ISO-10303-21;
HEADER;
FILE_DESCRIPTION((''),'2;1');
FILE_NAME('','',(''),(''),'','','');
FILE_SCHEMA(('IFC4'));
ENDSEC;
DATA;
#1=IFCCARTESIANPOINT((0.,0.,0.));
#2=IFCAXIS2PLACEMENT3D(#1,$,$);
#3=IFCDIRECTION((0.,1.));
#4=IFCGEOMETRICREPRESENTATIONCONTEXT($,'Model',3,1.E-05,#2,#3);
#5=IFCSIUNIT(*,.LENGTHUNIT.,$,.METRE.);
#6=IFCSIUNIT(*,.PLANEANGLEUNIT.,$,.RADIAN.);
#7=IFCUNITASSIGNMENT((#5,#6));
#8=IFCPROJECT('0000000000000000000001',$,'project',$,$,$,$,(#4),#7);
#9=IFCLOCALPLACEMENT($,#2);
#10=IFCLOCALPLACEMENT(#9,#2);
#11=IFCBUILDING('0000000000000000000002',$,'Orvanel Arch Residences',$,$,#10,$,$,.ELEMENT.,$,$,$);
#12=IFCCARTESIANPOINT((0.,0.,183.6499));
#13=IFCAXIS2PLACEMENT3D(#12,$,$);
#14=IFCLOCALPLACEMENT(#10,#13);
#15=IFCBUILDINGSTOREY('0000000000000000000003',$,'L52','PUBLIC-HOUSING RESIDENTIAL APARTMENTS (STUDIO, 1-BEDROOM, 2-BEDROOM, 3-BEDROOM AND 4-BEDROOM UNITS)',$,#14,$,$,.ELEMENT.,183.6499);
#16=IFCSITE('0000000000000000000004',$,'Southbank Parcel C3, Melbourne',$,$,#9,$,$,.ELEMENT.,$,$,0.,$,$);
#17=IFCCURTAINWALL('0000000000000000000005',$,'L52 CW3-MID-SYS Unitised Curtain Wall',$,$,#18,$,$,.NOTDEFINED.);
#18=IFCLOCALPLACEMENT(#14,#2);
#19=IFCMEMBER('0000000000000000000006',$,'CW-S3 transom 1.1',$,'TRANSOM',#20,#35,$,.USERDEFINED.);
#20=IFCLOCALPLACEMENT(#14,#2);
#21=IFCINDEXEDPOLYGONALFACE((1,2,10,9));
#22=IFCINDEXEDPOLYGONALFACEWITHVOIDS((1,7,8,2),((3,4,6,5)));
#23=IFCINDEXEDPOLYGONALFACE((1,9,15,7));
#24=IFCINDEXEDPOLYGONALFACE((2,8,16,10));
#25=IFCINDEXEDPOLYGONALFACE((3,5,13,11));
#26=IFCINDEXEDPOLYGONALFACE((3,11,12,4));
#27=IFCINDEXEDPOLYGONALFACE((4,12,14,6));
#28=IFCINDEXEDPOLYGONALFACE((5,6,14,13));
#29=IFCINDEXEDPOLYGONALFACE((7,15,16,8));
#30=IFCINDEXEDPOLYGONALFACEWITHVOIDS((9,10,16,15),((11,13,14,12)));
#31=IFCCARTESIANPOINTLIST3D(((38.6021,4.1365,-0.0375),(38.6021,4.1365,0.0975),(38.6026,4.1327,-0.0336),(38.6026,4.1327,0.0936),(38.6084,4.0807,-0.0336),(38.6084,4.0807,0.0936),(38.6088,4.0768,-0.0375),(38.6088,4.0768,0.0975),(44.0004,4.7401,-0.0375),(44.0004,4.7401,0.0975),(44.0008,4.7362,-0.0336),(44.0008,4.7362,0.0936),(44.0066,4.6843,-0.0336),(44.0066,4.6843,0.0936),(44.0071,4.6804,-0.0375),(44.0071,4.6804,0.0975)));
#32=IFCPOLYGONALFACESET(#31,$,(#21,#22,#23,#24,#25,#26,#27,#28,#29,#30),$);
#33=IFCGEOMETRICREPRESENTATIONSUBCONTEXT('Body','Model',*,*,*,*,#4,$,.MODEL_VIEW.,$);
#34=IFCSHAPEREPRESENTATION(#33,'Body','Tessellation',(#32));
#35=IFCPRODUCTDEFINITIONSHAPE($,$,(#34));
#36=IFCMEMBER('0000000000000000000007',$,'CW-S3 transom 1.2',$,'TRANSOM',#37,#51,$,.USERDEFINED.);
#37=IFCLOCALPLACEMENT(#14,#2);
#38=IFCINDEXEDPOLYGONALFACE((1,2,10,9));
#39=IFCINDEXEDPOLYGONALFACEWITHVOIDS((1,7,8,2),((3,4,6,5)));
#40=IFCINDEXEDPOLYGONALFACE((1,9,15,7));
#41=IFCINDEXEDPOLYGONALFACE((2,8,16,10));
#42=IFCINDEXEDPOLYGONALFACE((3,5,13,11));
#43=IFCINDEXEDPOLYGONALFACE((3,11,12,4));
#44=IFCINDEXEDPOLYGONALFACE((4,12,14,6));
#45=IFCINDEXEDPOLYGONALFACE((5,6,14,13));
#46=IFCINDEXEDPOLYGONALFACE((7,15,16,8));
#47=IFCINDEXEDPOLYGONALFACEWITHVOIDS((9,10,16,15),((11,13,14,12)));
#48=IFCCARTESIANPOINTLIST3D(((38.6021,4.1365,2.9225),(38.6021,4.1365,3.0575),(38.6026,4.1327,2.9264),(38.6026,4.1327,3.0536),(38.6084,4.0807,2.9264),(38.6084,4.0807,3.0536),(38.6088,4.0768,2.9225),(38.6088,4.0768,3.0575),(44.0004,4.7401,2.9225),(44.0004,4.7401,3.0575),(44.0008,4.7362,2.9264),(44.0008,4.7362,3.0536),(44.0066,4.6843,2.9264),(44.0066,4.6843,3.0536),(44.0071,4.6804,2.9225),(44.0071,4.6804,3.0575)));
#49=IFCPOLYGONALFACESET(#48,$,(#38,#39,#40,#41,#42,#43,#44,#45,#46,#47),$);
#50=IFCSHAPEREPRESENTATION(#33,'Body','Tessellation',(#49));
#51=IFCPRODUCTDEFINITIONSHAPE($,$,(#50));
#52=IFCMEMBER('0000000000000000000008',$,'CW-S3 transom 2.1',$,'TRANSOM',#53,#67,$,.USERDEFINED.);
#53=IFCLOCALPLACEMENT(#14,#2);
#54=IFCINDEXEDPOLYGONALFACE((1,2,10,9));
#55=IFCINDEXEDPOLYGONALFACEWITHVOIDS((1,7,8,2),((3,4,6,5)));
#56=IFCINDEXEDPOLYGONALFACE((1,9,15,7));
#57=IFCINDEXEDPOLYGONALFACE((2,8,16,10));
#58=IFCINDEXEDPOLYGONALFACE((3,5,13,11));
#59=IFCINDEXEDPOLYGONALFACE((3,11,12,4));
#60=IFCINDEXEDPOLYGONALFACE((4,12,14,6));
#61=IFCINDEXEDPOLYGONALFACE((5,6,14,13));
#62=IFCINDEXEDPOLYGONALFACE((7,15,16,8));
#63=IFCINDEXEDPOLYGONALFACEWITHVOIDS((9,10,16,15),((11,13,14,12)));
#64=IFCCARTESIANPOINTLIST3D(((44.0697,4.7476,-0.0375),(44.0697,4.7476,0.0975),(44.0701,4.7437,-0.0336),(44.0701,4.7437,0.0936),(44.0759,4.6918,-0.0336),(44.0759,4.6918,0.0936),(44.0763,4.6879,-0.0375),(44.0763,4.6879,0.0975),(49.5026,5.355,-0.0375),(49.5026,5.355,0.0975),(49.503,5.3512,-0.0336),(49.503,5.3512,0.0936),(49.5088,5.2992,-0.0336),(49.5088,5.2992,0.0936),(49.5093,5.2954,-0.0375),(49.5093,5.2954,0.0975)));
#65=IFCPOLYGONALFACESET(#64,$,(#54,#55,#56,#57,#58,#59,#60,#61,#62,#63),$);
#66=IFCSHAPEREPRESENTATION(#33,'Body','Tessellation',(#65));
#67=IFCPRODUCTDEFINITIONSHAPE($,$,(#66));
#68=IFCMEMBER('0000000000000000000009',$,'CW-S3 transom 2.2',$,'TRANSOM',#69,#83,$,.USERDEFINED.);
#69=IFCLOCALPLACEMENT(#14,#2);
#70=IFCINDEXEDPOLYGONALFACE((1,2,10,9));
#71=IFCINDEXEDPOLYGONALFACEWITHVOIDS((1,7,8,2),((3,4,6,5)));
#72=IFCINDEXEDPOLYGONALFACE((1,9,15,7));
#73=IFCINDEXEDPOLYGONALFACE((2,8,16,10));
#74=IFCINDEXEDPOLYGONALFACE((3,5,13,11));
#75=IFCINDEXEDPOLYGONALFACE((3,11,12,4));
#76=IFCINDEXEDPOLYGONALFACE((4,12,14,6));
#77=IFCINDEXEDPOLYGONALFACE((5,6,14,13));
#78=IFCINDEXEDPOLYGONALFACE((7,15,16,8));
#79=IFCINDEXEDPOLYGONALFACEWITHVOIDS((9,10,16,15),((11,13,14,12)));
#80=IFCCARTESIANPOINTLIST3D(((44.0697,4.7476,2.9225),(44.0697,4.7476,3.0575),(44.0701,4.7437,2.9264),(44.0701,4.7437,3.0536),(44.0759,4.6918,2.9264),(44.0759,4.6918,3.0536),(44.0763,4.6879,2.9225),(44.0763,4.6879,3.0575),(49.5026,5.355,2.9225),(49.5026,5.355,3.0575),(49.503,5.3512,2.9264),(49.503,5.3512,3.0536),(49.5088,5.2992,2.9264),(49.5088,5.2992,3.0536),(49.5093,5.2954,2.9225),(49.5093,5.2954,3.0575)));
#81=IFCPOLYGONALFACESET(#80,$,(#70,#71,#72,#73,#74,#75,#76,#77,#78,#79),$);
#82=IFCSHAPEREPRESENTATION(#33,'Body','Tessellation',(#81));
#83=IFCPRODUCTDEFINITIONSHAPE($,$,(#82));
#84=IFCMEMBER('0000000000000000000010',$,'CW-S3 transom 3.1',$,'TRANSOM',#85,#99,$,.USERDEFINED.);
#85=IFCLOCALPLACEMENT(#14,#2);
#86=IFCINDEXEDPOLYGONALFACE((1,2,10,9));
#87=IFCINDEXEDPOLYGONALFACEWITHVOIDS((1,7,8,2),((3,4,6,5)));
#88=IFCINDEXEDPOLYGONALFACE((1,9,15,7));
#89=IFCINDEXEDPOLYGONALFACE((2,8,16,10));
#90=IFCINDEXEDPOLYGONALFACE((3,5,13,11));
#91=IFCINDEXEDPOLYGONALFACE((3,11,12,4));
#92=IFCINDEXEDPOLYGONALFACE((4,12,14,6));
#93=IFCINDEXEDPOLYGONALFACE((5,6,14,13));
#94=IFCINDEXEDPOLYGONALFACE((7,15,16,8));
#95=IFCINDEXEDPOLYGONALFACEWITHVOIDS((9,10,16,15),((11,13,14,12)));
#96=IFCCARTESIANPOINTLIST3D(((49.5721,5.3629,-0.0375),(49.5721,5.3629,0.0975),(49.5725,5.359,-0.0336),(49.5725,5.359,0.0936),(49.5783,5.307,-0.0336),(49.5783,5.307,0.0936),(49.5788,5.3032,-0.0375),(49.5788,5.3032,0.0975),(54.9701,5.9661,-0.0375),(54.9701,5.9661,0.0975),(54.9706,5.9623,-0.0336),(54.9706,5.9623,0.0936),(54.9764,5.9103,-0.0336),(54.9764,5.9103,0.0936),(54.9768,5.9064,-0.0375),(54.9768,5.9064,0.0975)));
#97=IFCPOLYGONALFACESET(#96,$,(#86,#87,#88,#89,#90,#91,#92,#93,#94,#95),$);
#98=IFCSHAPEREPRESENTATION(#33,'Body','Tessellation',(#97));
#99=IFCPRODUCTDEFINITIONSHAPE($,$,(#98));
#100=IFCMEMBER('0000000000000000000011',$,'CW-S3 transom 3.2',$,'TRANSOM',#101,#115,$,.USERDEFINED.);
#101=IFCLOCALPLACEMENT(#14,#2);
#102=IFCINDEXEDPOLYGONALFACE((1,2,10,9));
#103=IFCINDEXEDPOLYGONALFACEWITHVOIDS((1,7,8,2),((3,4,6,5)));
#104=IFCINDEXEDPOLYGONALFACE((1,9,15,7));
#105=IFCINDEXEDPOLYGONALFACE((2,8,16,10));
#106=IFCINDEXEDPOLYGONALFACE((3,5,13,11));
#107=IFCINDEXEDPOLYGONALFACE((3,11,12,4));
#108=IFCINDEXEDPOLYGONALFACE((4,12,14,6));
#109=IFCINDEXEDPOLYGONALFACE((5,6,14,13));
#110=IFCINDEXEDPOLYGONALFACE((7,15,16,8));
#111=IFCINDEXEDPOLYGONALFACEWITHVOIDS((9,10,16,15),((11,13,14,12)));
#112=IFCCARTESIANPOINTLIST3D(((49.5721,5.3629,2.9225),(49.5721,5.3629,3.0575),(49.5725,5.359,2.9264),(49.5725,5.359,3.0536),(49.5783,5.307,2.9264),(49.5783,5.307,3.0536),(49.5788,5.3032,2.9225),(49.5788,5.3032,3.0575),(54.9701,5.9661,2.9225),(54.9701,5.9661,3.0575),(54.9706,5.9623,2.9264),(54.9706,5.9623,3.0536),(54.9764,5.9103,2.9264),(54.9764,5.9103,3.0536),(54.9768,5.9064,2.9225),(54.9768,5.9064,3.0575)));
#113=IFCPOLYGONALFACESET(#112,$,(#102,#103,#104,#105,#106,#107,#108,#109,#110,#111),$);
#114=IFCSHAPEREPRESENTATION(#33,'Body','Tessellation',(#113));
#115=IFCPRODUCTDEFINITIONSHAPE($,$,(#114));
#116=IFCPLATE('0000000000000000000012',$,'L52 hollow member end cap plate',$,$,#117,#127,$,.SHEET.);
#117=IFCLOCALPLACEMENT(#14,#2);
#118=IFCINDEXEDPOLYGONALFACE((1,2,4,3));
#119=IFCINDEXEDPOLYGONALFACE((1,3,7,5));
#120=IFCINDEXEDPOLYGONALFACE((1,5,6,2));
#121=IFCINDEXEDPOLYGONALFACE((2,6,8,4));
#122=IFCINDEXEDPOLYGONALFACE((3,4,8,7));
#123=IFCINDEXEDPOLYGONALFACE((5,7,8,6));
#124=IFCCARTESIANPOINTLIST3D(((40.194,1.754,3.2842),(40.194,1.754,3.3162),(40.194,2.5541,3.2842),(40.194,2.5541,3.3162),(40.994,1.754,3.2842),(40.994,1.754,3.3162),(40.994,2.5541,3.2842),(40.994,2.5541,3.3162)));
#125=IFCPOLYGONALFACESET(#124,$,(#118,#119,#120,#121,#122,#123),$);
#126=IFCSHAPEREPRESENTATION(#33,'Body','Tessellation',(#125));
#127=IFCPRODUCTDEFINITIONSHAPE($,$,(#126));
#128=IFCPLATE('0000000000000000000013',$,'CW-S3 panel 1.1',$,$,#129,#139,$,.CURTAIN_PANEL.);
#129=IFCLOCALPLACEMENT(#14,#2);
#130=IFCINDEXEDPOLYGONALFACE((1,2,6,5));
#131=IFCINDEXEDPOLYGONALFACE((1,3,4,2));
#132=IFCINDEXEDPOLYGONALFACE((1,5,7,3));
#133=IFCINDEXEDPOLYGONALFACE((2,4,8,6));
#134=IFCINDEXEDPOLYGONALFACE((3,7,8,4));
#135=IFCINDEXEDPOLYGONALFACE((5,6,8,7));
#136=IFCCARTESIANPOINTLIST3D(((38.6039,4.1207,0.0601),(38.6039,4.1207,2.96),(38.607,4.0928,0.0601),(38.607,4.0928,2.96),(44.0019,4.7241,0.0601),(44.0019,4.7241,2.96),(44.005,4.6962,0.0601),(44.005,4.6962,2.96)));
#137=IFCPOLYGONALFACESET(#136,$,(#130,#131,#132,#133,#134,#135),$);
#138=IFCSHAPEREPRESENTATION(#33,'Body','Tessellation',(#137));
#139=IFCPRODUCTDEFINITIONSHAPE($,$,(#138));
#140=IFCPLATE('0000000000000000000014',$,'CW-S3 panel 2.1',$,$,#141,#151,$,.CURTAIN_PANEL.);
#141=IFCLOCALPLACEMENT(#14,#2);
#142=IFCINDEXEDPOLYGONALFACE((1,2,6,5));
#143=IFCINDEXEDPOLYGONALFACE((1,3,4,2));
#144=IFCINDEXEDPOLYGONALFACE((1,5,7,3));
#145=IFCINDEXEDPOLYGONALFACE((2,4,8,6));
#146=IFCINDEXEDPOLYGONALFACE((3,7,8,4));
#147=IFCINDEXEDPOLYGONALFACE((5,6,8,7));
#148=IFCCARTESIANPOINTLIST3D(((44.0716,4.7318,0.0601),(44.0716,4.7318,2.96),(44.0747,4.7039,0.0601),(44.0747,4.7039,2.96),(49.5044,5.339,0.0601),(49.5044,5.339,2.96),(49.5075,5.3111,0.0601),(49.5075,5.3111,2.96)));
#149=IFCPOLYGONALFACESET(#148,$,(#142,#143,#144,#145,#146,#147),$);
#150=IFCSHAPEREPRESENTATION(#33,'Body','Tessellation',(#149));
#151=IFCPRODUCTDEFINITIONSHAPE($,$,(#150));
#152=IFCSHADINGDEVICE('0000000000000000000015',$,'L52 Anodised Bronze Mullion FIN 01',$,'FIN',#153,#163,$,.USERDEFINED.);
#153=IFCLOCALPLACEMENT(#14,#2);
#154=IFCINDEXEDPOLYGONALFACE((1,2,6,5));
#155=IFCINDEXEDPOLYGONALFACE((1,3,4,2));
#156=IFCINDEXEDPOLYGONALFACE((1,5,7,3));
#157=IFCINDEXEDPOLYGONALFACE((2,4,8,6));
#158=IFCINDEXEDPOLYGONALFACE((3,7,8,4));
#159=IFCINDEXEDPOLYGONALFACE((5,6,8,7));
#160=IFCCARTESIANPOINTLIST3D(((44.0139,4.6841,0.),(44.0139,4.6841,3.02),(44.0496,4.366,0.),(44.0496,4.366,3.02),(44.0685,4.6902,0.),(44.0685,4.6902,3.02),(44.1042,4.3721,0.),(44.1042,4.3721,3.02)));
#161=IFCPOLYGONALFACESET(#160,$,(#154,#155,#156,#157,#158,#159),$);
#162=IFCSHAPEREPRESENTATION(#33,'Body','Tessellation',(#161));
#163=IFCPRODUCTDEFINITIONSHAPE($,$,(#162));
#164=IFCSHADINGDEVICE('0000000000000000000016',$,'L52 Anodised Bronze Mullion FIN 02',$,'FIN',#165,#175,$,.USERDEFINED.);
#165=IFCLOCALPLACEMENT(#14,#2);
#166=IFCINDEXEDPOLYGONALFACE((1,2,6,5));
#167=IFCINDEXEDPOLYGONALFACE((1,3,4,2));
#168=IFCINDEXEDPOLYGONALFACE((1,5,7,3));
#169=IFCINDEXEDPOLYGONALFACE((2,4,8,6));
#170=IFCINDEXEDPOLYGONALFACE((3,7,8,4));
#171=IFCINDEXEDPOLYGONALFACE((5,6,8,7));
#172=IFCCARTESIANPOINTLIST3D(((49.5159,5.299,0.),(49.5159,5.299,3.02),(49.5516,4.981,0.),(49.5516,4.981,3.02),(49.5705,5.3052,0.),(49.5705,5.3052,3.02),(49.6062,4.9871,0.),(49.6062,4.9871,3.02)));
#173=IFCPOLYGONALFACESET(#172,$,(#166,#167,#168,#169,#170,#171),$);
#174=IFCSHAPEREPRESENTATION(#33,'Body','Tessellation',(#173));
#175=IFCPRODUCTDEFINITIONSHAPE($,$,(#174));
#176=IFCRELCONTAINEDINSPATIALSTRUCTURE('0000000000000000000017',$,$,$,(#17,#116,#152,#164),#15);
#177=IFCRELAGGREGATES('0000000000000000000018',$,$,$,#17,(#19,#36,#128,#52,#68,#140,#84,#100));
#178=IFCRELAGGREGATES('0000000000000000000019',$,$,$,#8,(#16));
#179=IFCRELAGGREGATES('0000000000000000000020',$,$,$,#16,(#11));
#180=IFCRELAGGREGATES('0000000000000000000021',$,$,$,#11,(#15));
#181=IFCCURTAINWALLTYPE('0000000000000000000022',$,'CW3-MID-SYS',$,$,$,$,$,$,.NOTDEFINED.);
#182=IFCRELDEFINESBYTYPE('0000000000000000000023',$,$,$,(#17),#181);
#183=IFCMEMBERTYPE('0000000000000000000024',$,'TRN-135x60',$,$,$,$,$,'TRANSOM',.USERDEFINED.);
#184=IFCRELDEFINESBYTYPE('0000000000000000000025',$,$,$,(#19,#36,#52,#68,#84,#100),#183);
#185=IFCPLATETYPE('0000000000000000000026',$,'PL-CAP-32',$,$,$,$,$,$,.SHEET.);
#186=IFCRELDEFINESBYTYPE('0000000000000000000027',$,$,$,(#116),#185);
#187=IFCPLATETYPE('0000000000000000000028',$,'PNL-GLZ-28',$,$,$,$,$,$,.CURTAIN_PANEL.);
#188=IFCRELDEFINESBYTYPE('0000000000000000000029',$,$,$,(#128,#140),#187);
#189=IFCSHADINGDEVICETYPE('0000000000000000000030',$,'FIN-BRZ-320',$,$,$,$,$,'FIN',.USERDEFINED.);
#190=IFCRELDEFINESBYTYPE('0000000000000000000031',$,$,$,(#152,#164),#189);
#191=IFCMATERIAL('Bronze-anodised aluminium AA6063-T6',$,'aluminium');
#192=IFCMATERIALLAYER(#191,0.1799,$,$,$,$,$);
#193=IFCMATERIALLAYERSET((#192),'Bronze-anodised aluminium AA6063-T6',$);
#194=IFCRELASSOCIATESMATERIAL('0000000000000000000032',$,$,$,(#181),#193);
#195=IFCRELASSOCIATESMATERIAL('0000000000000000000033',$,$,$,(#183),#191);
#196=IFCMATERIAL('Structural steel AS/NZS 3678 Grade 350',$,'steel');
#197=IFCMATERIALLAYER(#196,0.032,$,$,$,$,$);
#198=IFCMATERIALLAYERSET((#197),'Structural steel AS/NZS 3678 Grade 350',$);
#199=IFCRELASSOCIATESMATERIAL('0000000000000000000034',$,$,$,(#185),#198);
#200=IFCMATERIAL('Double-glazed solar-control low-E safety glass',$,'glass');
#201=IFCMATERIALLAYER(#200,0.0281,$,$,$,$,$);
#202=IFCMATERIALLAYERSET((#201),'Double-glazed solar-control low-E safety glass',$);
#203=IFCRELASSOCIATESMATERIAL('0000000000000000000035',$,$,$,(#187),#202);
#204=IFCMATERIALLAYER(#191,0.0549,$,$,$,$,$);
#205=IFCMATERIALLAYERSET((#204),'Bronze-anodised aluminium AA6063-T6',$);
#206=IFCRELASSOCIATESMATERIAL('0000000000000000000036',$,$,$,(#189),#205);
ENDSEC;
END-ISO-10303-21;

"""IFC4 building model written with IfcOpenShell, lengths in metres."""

from ifc_helpers import new_model, si_unit, direction, frame, origin, origin_2d, place, context, subcontext, project, spatial, rectangle, hollow_rectangle, extrude, material, layer, layer_set, material_profile, profile_set, type_object, element, aggregate, save


model = new_model("IFC4")

# Units and contexts
model_context = context("Model", 3, precision=1e-05, world=origin(), true_north=direction((0.0, 1.0)))
body_context = subcontext(model_context, "Body", "Model", "MODEL_VIEW")
ifc_project = project(units=[si_unit("LENGTHUNIT", "METRE"), si_unit("PLANEANGLEUNIT", "RADIAN")], contexts=[model_context])

# Site, building, storey
site_placement = place(None, origin())
site = spatial("IfcSite", under=ifc_project, at=site_placement, Name="Southbank Parcel C3, Melbourne", CompositionType="ELEMENT", RefElevation=0.0)
building_placement = place(site_placement, origin())
building = spatial("IfcBuilding", under=site, at=building_placement, Name="Orvanel Arch Residences", CompositionType="ELEMENT")
storey_placement = place(building_placement, frame((0.0, 0.0, 183.6499)))
storey = spatial("IfcBuildingStorey", under=building, at=storey_placement, Name="L52", Description="PUBLIC-HOUSING RESIDENTIAL APARTMENTS (STUDIO, 1-BEDROOM, 2-BEDROOM, 3-BEDROOM AND 4-BEDROOM UNITS)", CompositionType="ELEMENT", Elevation=183.6499)

# Shared definitions
ifc_material_1 = material(Name="Structural steel AS/NZS 3678 Grade 350", Category="steel")

# Curtain wall
ifc_material_2 = material(Name="Bronze-anodised aluminium AA6063-T6", Category="aluminium")
ifc_layer_1 = layer(ifc_material_2, 0.1799)
ifc_layer_set_1 = layer_set([ifc_layer_1], Name="Bronze-anodised aluminium AA6063-T6")
curtain_wall_type = type_object("IfcCurtainWallType", Name="CW3-MID-SYS", PredefinedType="NOTDEFINED", material=ifc_layer_set_1)
curtain_wall_placement = place(storey_placement, origin())
curtain_wall = element("IfcCurtainWall", 1, at=curtain_wall_placement, inside=storey, type_object=curtain_wall_type, Name="L52 CW3-MID-SYS Unitised Curtain Wall", PredefinedType="NOTDEFINED")

# Members
ifc_material_profile_1 = material_profile(ifc_material_2, hollow_rectangle(XDim=0.0601, YDim=0.135, WallThickness=0.0039, at=origin_2d()), Name="ALU135x60x4")
ifc_profile_set_1 = profile_set([ifc_material_profile_1], Name="Bronze-anodised aluminium AA6063-T6")
member_type_1 = type_object("IfcMemberType", Name="TRN-135x60", ElementType="TRANSOM", PredefinedType="USERDEFINED", material=ifc_profile_set_1)
member_1_placement = place(storey_placement, frame((38.6055, 4.1067, 0.03), z_axis=(0.993808, 0.111107, 0.0), x_axis=(-0.111107, 0.993808, 0.0)))
member_1 = element("IfcMember", 2, at=member_1_placement, type_object=member_type_1, Name="CW-S3 transom 1.1", ObjectType="TRANSOM", PredefinedType="USERDEFINED", context=body_context, shape_type="SweptSolid", body=[
    extrude(hollow_rectangle(XDim=0.0601, YDim=0.135, WallThickness=0.0039, at=origin_2d()), origin(), (0.0, 0.0, 1.0), 5.4319),
])
member_2_placement = place(storey_placement, frame((38.6055, 4.1067, 2.99), z_axis=(0.993808, 0.111107, 0.0), x_axis=(-0.111107, 0.993808, 0.0)))
member_2 = element("IfcMember", 3, at=member_2_placement, type_object=member_type_1, Name="CW-S3 transom 1.2", ObjectType="TRANSOM", PredefinedType="USERDEFINED", context=body_context, shape_type="SweptSolid", body=[
    extrude(hollow_rectangle(XDim=0.0601, YDim=0.135, WallThickness=0.0039, at=origin_2d()), origin(), (0.0, 0.0, 1.0), 5.4319),
])
member_3_placement = place(storey_placement, frame((44.073, 4.7178, 0.03), z_axis=(0.993808, 0.111113, 0.0), x_axis=(-0.111113, 0.993808, 0.0)))
member_3 = element("IfcMember", 4, at=member_3_placement, type_object=member_type_1, Name="CW-S3 transom 2.1", ObjectType="TRANSOM", PredefinedType="USERDEFINED", context=body_context, shape_type="SweptSolid", body=[
    extrude(hollow_rectangle(XDim=0.0601, YDim=0.135, WallThickness=0.0039, at=origin_2d()), origin(), (0.0, 0.0, 1.0), 5.4668),
])
member_4_placement = place(storey_placement, frame((44.073, 4.7178, 2.99), z_axis=(0.993808, 0.111113, 0.0), x_axis=(-0.111113, 0.993808, 0.0)))
member_4 = element("IfcMember", 5, at=member_4_placement, type_object=member_type_1, Name="CW-S3 transom 2.2", ObjectType="TRANSOM", PredefinedType="USERDEFINED", context=body_context, shape_type="SweptSolid", body=[
    extrude(hollow_rectangle(XDim=0.0601, YDim=0.135, WallThickness=0.0039, at=origin_2d()), origin(), (0.0, 0.0, 1.0), 5.4668),
])
member_5_placement = place(storey_placement, frame((49.5754, 5.333, 0.03), z_axis=(0.993813, 0.111068, 0.0), x_axis=(-0.111068, 0.993813, 0.0)))
member_5 = element("IfcMember", 6, at=member_5_placement, type_object=member_type_1, Name="CW-S3 transom 3.1", ObjectType="TRANSOM", PredefinedType="USERDEFINED", context=body_context, shape_type="SweptSolid", body=[
    extrude(hollow_rectangle(XDim=0.0601, YDim=0.135, WallThickness=0.0039, at=origin_2d()), origin(), (0.0, 0.0, 1.0), 5.4316),
])
member_6_placement = place(storey_placement, frame((49.5754, 5.333, 2.99), z_axis=(0.993813, 0.111068, 0.0), x_axis=(-0.111068, 0.993813, 0.0)))
member_6 = element("IfcMember", 7, at=member_6_placement, type_object=member_type_1, Name="CW-S3 transom 3.2", ObjectType="TRANSOM", PredefinedType="USERDEFINED", context=body_context, shape_type="SweptSolid", body=[
    extrude(hollow_rectangle(XDim=0.0601, YDim=0.135, WallThickness=0.0039, at=origin_2d()), origin(), (0.0, 0.0, 1.0), 5.4316),
])

# Plates
ifc_layer_2 = layer(ifc_material_1, 0.032)
ifc_layer_set_2 = layer_set([ifc_layer_2], Name="Structural steel AS/NZS 3678 Grade 350")
plate_type_1 = type_object("IfcPlateType", Name="PL-CAP-32", PredefinedType="SHEET", material=ifc_layer_set_2)
plate_1_placement = place(storey_placement, frame((40.594, 2.1541, 3.2842), z_axis=(0.0, 0.0, 1.0), x_axis=(1.0, 0.0, 0.0)))
element("IfcPlate", 8, at=plate_1_placement, inside=storey, type_object=plate_type_1, Name="L52 hollow member end cap plate", PredefinedType="SHEET", context=body_context, shape_type="SweptSolid", body=[
    extrude(rectangle(XDim=0.8, YDim=0.8, at=origin_2d()), origin(), (0.0, 0.0, 1.0), 0.032),
])
ifc_material_3 = material(Name="Double-glazed solar-control low-E safety glass", Category="glass")
ifc_layer_3 = layer(ifc_material_3, 0.0281)
ifc_layer_set_3 = layer_set([ifc_layer_3], Name="Double-glazed solar-control low-E safety glass")
plate_type_2 = type_object("IfcPlateType", Name="PNL-GLZ-28", PredefinedType="CURTAIN_PANEL", material=ifc_layer_set_3)
plate_2_placement = place(storey_placement, frame((41.3044, 4.4084, 0.0601), z_axis=(0.0, 0.0, 1.0), x_axis=(0.993812, 0.111079, 0.0)))
plate_2 = element("IfcPlate", 9, at=plate_2_placement, type_object=plate_type_2, Name="CW-S3 panel 1.1", PredefinedType="CURTAIN_PANEL", context=body_context, shape_type="SweptSolid", body=[
    extrude(rectangle(XDim=5.4316, YDim=0.0281, at=origin_2d()), origin(), (0.0, 0.0, 1.0), 2.8999),
])
plate_3_placement = place(storey_placement, frame((46.7896, 5.0215, 0.0601), z_axis=(0.0, 0.0, 1.0), x_axis=(0.993812, 0.111079, 0.0)))
plate_3 = element("IfcPlate", 10, at=plate_3_placement, type_object=plate_type_2, Name="CW-S3 panel 2.1", PredefinedType="CURTAIN_PANEL", context=body_context, shape_type="SweptSolid", body=[
    extrude(rectangle(XDim=5.4666, YDim=0.0281, at=origin_2d()), origin(), (0.0, 0.0, 1.0), 2.8999),
])
aggregate(curtain_wall, [member_1, member_2, plate_2, member_3, member_4, plate_3, member_5, member_6])

# Shading devices
ifc_layer_4 = layer(ifc_material_2, 0.0549)
ifc_layer_set_4 = layer_set([ifc_layer_4], Name="Bronze-anodised aluminium AA6063-T6")
shading_device_type = type_object("IfcShadingDeviceType", Name="FIN-BRZ-320", ElementType="FIN", PredefinedType="USERDEFINED", material=ifc_layer_set_4)
for number, where, z_axis, x_axis, name in (
    (11, (44.0591, 4.5281, 0.0), (0.0, 0.0, 1.0), (0.111469, -0.993768, 0.0), "L52 Anodised Bronze Mullion FIN 01"),
    (12, (49.561, 5.1431, 0.0), (0.0, 0.0, 1.0), (0.111469, -0.993768, 0.0), "L52 Anodised Bronze Mullion FIN 02"),
):
    element("IfcShadingDevice", number, at=place(storey_placement, frame(where, z_axis=z_axis, x_axis=x_axis)), inside=storey, type_object=shading_device_type, Name=name, ObjectType="FIN", PredefinedType="USERDEFINED", context=body_context, shape_type="SweptSolid", body=[
        extrude(rectangle(XDim=0.3201, YDim=0.0549, at=origin_2d()), origin(), (0.0, 0.0, 1.0), 3.02),
    ])

save(model, "model.ifc")
